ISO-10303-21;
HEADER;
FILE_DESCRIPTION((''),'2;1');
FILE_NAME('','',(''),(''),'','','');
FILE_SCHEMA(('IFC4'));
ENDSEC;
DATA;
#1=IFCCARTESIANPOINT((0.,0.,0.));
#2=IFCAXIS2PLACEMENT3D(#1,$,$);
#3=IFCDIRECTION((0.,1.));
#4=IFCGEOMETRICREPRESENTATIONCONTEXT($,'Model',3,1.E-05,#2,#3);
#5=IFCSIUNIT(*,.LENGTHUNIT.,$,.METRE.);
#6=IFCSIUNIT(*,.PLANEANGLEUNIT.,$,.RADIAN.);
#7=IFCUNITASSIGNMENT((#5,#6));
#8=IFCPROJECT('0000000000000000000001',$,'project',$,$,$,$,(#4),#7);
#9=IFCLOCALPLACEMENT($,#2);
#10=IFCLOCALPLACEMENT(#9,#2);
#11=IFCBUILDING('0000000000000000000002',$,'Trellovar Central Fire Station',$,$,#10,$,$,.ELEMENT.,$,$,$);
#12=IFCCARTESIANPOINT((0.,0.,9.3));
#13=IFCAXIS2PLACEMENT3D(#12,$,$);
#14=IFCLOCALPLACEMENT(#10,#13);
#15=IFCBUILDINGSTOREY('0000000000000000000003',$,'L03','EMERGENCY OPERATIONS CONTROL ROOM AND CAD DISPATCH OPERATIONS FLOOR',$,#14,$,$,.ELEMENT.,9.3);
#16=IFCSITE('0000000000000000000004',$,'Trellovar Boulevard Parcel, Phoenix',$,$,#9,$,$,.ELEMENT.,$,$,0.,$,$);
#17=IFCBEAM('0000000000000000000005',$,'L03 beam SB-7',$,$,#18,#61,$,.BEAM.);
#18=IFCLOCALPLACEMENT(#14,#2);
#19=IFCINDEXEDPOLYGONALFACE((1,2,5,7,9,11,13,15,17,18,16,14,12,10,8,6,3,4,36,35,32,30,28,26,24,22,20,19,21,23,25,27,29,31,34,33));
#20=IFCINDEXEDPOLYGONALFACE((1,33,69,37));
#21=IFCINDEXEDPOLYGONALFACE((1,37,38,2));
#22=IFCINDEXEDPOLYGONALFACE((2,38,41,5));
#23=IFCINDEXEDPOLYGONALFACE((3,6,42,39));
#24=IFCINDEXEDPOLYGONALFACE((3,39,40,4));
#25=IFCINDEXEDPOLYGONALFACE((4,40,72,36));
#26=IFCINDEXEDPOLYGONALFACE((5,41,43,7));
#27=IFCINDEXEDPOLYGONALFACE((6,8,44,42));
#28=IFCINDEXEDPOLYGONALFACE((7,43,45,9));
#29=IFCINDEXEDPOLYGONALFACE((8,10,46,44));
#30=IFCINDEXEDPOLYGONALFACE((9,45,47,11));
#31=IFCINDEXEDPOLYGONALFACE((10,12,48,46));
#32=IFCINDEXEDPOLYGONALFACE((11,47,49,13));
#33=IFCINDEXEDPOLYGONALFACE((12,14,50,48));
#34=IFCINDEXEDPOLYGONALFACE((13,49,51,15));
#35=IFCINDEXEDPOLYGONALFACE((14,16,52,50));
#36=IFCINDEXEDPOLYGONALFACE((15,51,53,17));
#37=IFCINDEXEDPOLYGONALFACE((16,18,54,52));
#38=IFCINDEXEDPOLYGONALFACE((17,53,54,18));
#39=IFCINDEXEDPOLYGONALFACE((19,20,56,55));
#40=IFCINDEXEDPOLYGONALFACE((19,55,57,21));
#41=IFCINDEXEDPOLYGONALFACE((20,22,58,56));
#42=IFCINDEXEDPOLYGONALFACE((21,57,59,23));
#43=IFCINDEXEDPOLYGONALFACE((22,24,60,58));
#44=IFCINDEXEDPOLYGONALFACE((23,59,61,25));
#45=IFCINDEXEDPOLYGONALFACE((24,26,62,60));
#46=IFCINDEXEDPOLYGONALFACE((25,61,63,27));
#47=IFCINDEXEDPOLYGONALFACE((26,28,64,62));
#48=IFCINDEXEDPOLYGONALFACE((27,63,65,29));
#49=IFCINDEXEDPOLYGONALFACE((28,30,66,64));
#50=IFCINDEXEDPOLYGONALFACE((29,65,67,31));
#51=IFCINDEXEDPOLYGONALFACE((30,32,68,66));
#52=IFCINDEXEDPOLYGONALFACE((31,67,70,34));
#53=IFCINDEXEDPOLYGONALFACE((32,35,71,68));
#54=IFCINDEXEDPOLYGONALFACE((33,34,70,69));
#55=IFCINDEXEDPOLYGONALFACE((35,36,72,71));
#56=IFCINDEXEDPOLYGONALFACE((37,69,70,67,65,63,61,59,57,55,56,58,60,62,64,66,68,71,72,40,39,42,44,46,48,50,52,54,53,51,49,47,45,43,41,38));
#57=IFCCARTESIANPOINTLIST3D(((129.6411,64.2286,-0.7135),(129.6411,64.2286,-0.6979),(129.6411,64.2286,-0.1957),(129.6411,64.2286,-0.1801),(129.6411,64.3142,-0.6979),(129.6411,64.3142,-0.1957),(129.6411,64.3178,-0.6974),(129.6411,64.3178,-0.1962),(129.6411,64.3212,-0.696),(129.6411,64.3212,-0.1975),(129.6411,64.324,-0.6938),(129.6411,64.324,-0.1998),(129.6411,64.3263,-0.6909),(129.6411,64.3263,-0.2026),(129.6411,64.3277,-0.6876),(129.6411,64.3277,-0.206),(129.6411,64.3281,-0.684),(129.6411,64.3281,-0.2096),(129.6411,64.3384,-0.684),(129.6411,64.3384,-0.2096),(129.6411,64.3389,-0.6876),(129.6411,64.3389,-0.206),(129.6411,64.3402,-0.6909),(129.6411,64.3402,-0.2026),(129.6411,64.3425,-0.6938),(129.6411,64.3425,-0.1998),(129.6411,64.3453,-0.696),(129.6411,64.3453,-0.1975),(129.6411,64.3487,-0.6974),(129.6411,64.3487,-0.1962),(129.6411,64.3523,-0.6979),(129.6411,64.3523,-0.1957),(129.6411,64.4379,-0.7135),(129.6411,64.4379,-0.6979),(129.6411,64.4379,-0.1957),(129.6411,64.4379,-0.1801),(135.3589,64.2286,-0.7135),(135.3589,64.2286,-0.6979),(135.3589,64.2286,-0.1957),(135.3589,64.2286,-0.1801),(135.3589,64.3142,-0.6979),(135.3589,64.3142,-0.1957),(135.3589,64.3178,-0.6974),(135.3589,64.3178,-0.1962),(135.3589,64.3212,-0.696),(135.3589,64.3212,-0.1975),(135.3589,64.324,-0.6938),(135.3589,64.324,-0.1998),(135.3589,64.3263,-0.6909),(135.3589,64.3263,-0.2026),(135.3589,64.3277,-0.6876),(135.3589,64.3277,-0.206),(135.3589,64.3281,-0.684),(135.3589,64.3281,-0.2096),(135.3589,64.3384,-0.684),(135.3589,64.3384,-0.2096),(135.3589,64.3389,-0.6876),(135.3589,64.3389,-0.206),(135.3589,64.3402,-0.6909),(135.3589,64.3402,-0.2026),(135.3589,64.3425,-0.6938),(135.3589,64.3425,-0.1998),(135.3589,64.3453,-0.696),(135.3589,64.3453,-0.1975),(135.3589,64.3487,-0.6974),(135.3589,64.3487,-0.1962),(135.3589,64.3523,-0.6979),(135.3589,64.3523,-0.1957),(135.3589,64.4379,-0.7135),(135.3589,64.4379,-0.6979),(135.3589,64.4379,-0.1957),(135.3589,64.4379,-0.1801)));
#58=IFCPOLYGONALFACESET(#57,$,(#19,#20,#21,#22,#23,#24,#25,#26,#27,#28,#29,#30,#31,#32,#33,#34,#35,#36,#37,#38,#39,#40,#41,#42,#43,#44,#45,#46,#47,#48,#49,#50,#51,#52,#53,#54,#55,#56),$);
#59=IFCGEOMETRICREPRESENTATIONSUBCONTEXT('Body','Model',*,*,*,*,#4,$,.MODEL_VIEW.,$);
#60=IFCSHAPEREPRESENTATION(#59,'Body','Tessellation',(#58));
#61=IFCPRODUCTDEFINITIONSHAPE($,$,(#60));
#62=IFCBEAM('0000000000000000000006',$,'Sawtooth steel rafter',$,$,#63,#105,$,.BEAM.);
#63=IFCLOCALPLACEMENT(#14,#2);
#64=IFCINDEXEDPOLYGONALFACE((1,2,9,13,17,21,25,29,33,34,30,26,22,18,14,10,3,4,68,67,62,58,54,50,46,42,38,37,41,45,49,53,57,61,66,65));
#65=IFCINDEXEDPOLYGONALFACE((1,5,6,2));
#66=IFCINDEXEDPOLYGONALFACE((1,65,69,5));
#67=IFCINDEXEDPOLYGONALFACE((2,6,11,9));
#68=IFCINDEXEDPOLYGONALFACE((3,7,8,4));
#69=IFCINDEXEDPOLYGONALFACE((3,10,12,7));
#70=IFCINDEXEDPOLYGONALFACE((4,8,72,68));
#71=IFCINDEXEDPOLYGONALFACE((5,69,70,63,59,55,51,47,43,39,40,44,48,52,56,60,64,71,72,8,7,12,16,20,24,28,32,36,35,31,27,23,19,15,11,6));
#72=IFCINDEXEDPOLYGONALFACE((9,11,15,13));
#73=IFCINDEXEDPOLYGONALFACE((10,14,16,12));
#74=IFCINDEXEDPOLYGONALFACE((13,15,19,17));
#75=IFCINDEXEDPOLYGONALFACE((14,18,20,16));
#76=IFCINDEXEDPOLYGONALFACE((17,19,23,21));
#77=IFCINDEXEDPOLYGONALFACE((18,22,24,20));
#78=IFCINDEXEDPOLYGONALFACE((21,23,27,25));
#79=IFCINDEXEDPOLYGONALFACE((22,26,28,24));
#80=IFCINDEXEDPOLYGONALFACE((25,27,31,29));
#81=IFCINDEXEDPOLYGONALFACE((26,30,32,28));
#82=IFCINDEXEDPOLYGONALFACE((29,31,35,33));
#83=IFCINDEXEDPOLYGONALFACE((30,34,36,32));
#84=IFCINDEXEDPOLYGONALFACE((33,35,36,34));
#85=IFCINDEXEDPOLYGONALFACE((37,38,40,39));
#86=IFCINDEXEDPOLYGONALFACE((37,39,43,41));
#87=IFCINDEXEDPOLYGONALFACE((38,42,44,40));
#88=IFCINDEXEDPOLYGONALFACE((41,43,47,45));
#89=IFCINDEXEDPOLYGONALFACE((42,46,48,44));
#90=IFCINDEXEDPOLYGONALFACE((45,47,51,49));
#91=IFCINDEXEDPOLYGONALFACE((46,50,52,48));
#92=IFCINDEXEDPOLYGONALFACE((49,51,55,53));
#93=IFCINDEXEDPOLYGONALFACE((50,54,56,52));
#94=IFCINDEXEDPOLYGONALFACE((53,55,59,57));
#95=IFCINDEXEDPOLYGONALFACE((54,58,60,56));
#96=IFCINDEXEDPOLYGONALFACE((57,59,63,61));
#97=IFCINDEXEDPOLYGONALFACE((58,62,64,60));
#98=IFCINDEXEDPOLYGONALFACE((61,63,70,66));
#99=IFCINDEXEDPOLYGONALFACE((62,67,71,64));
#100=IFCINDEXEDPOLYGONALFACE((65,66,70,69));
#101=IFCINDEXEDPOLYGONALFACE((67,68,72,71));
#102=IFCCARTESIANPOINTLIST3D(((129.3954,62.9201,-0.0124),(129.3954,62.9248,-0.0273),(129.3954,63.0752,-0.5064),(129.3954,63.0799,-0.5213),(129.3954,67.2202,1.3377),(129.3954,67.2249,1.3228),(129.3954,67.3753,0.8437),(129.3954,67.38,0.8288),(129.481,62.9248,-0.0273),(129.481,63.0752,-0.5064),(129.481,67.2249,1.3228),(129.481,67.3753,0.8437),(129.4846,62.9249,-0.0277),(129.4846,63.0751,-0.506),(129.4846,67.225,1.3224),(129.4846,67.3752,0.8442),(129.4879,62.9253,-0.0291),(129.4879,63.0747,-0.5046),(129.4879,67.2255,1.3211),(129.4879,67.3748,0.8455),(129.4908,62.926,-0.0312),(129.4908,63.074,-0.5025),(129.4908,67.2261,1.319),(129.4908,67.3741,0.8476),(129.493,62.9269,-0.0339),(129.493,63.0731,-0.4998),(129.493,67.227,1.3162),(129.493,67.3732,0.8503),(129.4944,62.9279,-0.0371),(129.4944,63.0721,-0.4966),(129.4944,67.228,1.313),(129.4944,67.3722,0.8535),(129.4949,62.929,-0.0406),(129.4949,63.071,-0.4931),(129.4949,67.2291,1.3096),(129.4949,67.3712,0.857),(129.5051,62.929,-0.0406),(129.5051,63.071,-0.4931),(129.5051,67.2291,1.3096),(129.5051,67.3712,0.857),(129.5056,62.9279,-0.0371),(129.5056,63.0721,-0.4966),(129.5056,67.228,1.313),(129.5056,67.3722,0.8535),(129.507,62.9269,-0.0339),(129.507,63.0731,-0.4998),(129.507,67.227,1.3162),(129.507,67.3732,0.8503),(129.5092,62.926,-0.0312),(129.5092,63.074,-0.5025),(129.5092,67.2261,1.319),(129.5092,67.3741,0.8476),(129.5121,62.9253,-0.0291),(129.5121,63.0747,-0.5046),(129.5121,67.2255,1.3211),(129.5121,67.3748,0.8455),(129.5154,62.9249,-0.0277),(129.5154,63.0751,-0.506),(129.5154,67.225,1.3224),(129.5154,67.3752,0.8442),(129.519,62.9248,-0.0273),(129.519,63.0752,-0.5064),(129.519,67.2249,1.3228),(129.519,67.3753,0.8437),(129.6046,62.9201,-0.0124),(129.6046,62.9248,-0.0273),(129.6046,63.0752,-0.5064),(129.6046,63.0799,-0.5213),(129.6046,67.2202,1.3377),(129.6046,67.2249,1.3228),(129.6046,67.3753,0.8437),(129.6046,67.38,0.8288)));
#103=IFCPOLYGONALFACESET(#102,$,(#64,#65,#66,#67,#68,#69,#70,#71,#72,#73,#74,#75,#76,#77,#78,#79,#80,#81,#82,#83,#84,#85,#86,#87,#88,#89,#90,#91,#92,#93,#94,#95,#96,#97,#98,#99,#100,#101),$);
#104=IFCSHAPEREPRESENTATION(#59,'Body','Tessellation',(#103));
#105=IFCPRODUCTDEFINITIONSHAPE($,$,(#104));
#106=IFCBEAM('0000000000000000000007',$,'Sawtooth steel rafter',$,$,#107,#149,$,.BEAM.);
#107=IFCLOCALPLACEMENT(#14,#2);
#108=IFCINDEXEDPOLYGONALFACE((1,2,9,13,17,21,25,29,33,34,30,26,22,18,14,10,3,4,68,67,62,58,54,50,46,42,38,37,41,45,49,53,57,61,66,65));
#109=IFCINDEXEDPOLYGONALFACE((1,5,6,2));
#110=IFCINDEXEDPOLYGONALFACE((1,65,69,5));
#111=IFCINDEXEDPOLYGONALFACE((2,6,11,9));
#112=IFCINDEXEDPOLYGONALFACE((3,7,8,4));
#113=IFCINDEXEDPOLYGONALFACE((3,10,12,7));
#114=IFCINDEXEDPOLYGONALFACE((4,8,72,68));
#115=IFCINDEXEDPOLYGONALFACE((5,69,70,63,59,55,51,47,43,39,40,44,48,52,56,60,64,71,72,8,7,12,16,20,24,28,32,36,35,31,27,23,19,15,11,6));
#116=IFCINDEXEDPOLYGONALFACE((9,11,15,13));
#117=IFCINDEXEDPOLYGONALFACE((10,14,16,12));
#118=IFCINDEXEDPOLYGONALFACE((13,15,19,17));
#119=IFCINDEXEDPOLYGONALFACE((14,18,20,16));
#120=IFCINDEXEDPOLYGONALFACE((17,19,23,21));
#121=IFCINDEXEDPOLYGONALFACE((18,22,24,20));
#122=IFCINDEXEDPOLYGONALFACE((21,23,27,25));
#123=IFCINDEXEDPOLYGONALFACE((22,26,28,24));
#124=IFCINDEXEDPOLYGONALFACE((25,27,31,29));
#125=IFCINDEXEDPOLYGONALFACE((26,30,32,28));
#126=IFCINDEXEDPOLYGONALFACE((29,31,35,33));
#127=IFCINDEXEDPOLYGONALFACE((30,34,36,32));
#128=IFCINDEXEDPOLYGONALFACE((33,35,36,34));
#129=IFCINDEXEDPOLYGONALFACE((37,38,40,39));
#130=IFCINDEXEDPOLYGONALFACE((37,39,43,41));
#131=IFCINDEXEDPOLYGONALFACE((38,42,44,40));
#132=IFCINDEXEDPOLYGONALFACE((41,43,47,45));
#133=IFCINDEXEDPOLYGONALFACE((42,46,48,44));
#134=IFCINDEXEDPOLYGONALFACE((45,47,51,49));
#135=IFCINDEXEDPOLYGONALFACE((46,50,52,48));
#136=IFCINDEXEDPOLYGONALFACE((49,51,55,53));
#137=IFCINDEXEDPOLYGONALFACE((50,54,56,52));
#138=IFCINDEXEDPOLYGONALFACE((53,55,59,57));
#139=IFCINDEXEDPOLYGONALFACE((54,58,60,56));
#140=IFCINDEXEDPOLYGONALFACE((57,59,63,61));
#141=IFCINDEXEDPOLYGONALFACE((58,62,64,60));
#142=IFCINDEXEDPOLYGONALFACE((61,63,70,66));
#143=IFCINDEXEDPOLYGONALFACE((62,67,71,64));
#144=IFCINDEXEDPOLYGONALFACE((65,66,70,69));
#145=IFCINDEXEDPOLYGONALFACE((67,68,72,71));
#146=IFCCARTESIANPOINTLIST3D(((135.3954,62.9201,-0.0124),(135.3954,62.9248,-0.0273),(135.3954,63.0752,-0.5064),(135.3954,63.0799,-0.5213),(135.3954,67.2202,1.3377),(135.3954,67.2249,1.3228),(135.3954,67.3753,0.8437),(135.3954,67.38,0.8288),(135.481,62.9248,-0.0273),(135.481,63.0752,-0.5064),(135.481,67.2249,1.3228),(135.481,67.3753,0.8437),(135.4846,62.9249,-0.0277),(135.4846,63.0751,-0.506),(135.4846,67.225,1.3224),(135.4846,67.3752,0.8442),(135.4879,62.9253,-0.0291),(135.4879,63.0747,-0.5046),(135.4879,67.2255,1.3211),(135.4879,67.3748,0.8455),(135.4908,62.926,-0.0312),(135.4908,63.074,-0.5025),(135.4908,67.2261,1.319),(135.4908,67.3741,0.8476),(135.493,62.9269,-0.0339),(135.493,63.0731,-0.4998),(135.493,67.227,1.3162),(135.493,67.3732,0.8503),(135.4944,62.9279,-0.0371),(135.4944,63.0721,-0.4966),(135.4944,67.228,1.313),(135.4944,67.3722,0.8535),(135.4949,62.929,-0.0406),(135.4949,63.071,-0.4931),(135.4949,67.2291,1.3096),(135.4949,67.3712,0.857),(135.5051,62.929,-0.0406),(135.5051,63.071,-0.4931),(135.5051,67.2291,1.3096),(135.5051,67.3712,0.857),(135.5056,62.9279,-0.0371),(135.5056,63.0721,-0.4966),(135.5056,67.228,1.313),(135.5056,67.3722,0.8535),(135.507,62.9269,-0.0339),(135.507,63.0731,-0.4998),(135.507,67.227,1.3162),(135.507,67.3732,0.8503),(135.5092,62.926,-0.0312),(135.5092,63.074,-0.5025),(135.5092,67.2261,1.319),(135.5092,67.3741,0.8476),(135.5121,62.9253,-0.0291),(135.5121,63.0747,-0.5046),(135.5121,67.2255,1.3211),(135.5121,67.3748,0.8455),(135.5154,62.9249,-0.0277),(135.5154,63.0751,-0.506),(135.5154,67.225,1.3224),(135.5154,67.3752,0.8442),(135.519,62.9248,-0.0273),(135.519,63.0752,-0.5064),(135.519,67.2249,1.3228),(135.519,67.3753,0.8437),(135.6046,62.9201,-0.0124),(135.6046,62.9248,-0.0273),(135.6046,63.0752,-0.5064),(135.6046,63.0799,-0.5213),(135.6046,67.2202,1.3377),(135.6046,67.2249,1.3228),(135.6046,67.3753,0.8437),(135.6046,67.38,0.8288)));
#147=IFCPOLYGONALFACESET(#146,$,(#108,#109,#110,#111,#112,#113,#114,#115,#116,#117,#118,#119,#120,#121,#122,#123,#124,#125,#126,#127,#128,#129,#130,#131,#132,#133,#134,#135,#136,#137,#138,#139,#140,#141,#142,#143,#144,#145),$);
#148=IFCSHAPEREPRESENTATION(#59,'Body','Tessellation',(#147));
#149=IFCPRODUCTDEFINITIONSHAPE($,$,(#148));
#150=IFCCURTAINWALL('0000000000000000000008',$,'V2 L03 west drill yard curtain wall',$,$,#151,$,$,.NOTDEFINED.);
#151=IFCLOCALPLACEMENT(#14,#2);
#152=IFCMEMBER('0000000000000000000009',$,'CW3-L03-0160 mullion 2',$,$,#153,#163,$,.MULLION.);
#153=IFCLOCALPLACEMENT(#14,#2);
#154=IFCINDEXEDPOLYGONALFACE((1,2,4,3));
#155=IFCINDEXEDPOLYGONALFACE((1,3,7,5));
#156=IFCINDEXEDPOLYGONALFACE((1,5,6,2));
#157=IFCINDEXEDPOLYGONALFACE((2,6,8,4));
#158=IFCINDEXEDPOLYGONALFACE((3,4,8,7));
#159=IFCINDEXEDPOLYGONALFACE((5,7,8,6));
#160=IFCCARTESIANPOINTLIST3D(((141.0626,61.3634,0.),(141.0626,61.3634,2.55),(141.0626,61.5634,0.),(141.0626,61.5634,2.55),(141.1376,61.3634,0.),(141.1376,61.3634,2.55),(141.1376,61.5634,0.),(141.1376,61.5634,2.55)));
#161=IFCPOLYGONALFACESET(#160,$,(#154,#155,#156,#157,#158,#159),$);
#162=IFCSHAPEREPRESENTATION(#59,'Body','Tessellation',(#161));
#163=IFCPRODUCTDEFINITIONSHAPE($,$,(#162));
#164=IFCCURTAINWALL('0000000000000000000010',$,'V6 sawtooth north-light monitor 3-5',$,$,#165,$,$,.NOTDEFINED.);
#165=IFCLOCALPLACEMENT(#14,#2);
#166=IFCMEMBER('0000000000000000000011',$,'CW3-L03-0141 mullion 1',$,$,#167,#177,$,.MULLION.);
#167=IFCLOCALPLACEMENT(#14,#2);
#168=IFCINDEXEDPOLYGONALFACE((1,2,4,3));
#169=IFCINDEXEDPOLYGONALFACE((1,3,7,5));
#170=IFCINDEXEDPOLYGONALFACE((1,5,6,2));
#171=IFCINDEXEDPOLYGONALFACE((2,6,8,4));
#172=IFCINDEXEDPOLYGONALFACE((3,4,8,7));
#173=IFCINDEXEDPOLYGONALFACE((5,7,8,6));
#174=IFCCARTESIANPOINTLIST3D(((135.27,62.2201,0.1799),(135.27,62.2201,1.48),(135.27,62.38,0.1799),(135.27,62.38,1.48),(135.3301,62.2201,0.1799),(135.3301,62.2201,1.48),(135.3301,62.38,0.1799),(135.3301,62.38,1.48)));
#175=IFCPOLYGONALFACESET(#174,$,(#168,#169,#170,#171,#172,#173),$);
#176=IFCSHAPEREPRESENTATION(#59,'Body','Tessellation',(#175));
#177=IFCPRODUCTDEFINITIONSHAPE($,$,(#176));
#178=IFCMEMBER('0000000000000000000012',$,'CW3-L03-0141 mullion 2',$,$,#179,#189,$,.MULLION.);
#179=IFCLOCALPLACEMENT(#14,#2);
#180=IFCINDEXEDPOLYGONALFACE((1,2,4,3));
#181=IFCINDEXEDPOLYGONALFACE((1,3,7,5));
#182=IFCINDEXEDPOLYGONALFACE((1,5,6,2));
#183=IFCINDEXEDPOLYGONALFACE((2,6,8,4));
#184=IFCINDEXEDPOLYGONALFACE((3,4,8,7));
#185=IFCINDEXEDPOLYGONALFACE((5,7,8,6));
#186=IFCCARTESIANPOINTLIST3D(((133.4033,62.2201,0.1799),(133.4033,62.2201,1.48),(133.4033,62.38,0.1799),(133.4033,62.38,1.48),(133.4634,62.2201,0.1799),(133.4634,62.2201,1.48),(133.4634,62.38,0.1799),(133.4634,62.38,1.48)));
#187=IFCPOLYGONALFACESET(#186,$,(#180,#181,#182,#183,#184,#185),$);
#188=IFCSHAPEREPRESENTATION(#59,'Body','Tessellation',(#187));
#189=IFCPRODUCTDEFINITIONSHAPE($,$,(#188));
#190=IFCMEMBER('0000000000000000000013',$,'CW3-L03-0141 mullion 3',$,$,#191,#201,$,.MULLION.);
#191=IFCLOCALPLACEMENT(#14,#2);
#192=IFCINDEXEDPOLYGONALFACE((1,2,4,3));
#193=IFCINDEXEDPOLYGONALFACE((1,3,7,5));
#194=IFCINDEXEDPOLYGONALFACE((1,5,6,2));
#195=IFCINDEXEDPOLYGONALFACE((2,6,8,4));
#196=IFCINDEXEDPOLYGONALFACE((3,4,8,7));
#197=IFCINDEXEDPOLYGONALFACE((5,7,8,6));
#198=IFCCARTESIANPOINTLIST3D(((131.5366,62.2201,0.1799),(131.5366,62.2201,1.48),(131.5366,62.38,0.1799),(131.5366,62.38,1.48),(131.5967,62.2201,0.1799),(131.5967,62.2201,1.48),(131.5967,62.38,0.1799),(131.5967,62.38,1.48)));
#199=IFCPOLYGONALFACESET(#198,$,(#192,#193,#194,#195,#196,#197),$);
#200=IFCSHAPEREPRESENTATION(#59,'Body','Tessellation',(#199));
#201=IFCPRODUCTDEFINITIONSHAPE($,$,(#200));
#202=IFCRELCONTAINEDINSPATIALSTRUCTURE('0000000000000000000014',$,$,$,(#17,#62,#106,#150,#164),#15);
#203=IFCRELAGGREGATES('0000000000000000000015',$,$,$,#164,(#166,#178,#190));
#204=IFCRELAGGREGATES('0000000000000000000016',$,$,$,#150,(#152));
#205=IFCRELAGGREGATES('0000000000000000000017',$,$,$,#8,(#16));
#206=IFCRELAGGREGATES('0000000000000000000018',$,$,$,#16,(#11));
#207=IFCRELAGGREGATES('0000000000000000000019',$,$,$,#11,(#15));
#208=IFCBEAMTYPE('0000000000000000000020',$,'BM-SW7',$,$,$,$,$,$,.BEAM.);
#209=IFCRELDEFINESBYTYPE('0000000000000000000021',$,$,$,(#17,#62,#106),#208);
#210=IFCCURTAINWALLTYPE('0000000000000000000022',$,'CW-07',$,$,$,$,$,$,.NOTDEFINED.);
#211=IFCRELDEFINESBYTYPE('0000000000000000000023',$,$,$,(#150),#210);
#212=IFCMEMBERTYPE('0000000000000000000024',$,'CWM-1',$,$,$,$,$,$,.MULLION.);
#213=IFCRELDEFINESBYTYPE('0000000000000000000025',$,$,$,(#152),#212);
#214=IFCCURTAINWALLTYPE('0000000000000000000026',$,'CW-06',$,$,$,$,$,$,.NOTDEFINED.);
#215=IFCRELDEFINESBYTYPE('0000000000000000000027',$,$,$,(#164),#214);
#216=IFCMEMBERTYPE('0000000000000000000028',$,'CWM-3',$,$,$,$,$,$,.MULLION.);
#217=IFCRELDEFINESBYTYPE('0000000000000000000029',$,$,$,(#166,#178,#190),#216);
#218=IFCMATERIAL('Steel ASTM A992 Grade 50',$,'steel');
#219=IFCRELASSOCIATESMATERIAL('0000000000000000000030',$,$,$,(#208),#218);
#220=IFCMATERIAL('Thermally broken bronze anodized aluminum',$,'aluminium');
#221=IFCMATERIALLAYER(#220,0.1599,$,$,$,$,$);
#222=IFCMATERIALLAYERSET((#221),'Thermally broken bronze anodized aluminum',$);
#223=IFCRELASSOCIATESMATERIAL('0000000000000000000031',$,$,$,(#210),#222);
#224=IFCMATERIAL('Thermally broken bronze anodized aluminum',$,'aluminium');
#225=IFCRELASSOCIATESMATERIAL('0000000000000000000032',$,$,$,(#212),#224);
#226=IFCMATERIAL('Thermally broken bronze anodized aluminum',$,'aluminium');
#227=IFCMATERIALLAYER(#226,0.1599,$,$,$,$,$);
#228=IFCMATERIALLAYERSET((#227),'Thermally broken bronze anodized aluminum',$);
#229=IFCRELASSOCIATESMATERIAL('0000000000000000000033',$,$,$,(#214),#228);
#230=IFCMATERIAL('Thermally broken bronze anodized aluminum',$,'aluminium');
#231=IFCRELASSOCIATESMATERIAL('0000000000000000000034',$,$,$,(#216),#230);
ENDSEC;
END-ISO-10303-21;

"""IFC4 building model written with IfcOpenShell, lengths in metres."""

from ifc_helpers import new_model, si_unit, direction, frame, origin, origin_2d, place, context, subcontext, project, spatial, rectangle, i_section, extrude, material, layer, layer_set, material_profile, profile_set, type_object, element, aggregate, save


model = new_model("IFC4")

# Units and contexts
model_context = context("Model", 3, precision=1e-05, world=origin(), true_north=direction((0.0, 1.0)))
body_context = subcontext(model_context, "Body", "Model", "MODEL_VIEW")
ifc_project = project(units=[si_unit("LENGTHUNIT", "METRE"), si_unit("PLANEANGLEUNIT", "RADIAN")], contexts=[model_context])

# Site, building, storey
site_placement = place(None, origin())
site = spatial("IfcSite", under=ifc_project, at=site_placement, Name="Trellovar Boulevard Parcel, Phoenix", CompositionType="ELEMENT", RefElevation=0.0)
building_placement = place(site_placement, origin())
building = spatial("IfcBuilding", under=site, at=building_placement, Name="Trellovar Central Fire Station", CompositionType="ELEMENT")
storey_placement = place(building_placement, frame((0.0, 0.0, 9.3)))
storey = spatial("IfcBuildingStorey", under=building, at=storey_placement, Name="L03", Description="EMERGENCY OPERATIONS CONTROL ROOM AND CAD DISPATCH OPERATIONS FLOOR", CompositionType="ELEMENT", Elevation=9.3)

# Beams
ifc_material_1 = material(Name="Steel ASTM A992 Grade 50", Category="steel")
ifc_material_profile_1 = material_profile(ifc_material_1, i_section(OverallWidth=0.2092, OverallDepth=0.5334, WebThickness=0.0103, FlangeThickness=0.0156, FilletRadius=0.0139, at=origin_2d()), Name="W21X62")
ifc_profile_set_1 = profile_set([ifc_material_profile_1], Name="Steel ASTM A992 Grade 50")
beam_type = type_object("IfcBeamType", Name="BM-SW7", PredefinedType="BEAM", material=ifc_profile_set_1)
beam_placement = place(storey_placement, frame((129.6411, 64.3333, -0.4468), z_axis=(1.0, 0.0, 0.0), x_axis=(0.0, 1.0, 0.0)))
element("IfcBeam", 1, at=beam_placement, inside=storey, type_object=beam_type, Name="L03 beam SB-7", PredefinedType="BEAM", context=body_context, shape_type="SweptSolid", body=[
    extrude(i_section(OverallWidth=0.2092, OverallDepth=0.5334, WebThickness=0.0103, FlangeThickness=0.0156, FilletRadius=0.0139, at=origin_2d()), origin(), (0.0, 0.0, 1.0), 5.7178),
])
for number, where, z_axis, x_axis, name in (
    (2, (129.5, 63.0, -0.2668), (0.0, 0.954079, 0.299555), (-1.0, 0.0, 0.0), "Sawtooth steel rafter"),
    (3, (135.5, 63.0, -0.2668), (0.0, 0.954079, 0.299555), (-1.0, 0.0, 0.0), "Sawtooth steel rafter"),
):
    element("IfcBeam", number, at=place(storey_placement, frame(where, z_axis=z_axis, x_axis=x_axis)), inside=storey, type_object=beam_type, Name=name, PredefinedType="BEAM", context=body_context, shape_type="SweptSolid", body=[
        extrude(i_section(OverallWidth=0.2092, OverallDepth=0.5334, WebThickness=0.0103, FlangeThickness=0.0156, FilletRadius=0.0139, at=origin_2d()), origin(), (0.0, 0.0, 1.0), 4.5071),
    ])

# Curtain wall, member
ifc_material_2 = material(Name="Thermally broken bronze anodized aluminum", Category="aluminium")
ifc_layer_1 = layer(ifc_material_2, 0.1599)
ifc_layer_set_1 = layer_set([ifc_layer_1], Name="Thermally broken bronze anodized aluminum")
curtain_wall_type_1 = type_object("IfcCurtainWallType", Name="CW-07", PredefinedType="NOTDEFINED", material=ifc_layer_set_1)
curtain_wall_1_placement = place(storey_placement, origin())
curtain_wall_1 = element("IfcCurtainWall", 4, at=curtain_wall_1_placement, inside=storey, type_object=curtain_wall_type_1, Name="V2 L03 west drill yard curtain wall", PredefinedType="NOTDEFINED")
ifc_material_3 = material(Name="Thermally broken bronze anodized aluminum", Category="aluminium")
ifc_material_profile_2 = material_profile(ifc_material_3, rectangle(XDim=0.075, YDim=0.2, at=origin_2d()), Name="ALU75X200")
ifc_profile_set_2 = profile_set([ifc_material_profile_2], Name="Thermally broken bronze anodized aluminum")
member_type_1 = type_object("IfcMemberType", Name="CWM-1", PredefinedType="MULLION", material=ifc_profile_set_2)
member_1_placement = place(storey_placement, frame((141.1001, 61.4634, 0.0), z_axis=(0.0, 0.0, 1.0), x_axis=(1.0, 0.0, 0.0)))
member_1 = element("IfcMember", 5, at=member_1_placement, type_object=member_type_1, Name="CW3-L03-0160 mullion 2", PredefinedType="MULLION", context=body_context, shape_type="SweptSolid", body=[
    extrude(rectangle(XDim=0.075, YDim=0.2, at=origin_2d()), origin(), (0.0, 0.0, 1.0), 2.55),
])

# Curtain wall, members
ifc_material_4 = material(Name="Thermally broken bronze anodized aluminum", Category="aluminium")
ifc_layer_2 = layer(ifc_material_4, 0.1599)
ifc_layer_set_2 = layer_set([ifc_layer_2], Name="Thermally broken bronze anodized aluminum")
curtain_wall_type_2 = type_object("IfcCurtainWallType", Name="CW-06", PredefinedType="NOTDEFINED", material=ifc_layer_set_2)
curtain_wall_2_placement = place(storey_placement, origin())
curtain_wall_2 = element("IfcCurtainWall", 6, at=curtain_wall_2_placement, inside=storey, type_object=curtain_wall_type_2, Name="V6 sawtooth north-light monitor 3-5", PredefinedType="NOTDEFINED")
ifc_material_5 = material(Name="Thermally broken bronze anodized aluminum", Category="aluminium")
ifc_material_profile_3 = material_profile(ifc_material_5, rectangle(XDim=0.0601, YDim=0.1599, at=origin_2d()), Name="ALU60X160")
ifc_profile_set_3 = profile_set([ifc_material_profile_3], Name="Thermally broken bronze anodized aluminum")
member_type_2 = type_object("IfcMemberType", Name="CWM-3", PredefinedType="MULLION", material=ifc_profile_set_3)
member_2_placement = place(storey_placement, frame((135.3, 62.3, 0.1799), z_axis=(0.0, 0.0, 1.0), x_axis=(1.0, 0.0, 0.0)))
member_2 = element("IfcMember", 7, at=member_2_placement, type_object=member_type_2, Name="CW3-L03-0141 mullion 1", PredefinedType="MULLION", context=body_context, shape_type="SweptSolid", body=[
    extrude(rectangle(XDim=0.0601, YDim=0.1599, at=origin_2d()), origin(), (0.0, 0.0, 1.0), 1.3),
])
member_3_placement = place(storey_placement, frame((133.4333, 62.3, 0.1799), z_axis=(0.0, 0.0, 1.0), x_axis=(1.0, 0.0, 0.0)))
member_3 = element("IfcMember", 8, at=member_3_placement, type_object=member_type_2, Name="CW3-L03-0141 mullion 2", PredefinedType="MULLION", context=body_context, shape_type="SweptSolid", body=[
    extrude(rectangle(XDim=0.0601, YDim=0.1599, at=origin_2d()), origin(), (0.0, 0.0, 1.0), 1.3),
])
member_4_placement = place(storey_placement, frame((131.5667, 62.3, 0.1799), z_axis=(0.0, 0.0, 1.0), x_axis=(1.0, 0.0, 0.0)))
member_4 = element("IfcMember", 9, at=member_4_placement, type_object=member_type_2, Name="CW3-L03-0141 mullion 3", PredefinedType="MULLION", context=body_context, shape_type="SweptSolid", body=[
    extrude(rectangle(XDim=0.0601, YDim=0.1599, at=origin_2d()), origin(), (0.0, 0.0, 1.0), 1.3),
])

aggregate(curtain_wall_2, [member_2, member_3, member_4])
aggregate(curtain_wall_1, [member_1])

save(model, "model.ifc")
